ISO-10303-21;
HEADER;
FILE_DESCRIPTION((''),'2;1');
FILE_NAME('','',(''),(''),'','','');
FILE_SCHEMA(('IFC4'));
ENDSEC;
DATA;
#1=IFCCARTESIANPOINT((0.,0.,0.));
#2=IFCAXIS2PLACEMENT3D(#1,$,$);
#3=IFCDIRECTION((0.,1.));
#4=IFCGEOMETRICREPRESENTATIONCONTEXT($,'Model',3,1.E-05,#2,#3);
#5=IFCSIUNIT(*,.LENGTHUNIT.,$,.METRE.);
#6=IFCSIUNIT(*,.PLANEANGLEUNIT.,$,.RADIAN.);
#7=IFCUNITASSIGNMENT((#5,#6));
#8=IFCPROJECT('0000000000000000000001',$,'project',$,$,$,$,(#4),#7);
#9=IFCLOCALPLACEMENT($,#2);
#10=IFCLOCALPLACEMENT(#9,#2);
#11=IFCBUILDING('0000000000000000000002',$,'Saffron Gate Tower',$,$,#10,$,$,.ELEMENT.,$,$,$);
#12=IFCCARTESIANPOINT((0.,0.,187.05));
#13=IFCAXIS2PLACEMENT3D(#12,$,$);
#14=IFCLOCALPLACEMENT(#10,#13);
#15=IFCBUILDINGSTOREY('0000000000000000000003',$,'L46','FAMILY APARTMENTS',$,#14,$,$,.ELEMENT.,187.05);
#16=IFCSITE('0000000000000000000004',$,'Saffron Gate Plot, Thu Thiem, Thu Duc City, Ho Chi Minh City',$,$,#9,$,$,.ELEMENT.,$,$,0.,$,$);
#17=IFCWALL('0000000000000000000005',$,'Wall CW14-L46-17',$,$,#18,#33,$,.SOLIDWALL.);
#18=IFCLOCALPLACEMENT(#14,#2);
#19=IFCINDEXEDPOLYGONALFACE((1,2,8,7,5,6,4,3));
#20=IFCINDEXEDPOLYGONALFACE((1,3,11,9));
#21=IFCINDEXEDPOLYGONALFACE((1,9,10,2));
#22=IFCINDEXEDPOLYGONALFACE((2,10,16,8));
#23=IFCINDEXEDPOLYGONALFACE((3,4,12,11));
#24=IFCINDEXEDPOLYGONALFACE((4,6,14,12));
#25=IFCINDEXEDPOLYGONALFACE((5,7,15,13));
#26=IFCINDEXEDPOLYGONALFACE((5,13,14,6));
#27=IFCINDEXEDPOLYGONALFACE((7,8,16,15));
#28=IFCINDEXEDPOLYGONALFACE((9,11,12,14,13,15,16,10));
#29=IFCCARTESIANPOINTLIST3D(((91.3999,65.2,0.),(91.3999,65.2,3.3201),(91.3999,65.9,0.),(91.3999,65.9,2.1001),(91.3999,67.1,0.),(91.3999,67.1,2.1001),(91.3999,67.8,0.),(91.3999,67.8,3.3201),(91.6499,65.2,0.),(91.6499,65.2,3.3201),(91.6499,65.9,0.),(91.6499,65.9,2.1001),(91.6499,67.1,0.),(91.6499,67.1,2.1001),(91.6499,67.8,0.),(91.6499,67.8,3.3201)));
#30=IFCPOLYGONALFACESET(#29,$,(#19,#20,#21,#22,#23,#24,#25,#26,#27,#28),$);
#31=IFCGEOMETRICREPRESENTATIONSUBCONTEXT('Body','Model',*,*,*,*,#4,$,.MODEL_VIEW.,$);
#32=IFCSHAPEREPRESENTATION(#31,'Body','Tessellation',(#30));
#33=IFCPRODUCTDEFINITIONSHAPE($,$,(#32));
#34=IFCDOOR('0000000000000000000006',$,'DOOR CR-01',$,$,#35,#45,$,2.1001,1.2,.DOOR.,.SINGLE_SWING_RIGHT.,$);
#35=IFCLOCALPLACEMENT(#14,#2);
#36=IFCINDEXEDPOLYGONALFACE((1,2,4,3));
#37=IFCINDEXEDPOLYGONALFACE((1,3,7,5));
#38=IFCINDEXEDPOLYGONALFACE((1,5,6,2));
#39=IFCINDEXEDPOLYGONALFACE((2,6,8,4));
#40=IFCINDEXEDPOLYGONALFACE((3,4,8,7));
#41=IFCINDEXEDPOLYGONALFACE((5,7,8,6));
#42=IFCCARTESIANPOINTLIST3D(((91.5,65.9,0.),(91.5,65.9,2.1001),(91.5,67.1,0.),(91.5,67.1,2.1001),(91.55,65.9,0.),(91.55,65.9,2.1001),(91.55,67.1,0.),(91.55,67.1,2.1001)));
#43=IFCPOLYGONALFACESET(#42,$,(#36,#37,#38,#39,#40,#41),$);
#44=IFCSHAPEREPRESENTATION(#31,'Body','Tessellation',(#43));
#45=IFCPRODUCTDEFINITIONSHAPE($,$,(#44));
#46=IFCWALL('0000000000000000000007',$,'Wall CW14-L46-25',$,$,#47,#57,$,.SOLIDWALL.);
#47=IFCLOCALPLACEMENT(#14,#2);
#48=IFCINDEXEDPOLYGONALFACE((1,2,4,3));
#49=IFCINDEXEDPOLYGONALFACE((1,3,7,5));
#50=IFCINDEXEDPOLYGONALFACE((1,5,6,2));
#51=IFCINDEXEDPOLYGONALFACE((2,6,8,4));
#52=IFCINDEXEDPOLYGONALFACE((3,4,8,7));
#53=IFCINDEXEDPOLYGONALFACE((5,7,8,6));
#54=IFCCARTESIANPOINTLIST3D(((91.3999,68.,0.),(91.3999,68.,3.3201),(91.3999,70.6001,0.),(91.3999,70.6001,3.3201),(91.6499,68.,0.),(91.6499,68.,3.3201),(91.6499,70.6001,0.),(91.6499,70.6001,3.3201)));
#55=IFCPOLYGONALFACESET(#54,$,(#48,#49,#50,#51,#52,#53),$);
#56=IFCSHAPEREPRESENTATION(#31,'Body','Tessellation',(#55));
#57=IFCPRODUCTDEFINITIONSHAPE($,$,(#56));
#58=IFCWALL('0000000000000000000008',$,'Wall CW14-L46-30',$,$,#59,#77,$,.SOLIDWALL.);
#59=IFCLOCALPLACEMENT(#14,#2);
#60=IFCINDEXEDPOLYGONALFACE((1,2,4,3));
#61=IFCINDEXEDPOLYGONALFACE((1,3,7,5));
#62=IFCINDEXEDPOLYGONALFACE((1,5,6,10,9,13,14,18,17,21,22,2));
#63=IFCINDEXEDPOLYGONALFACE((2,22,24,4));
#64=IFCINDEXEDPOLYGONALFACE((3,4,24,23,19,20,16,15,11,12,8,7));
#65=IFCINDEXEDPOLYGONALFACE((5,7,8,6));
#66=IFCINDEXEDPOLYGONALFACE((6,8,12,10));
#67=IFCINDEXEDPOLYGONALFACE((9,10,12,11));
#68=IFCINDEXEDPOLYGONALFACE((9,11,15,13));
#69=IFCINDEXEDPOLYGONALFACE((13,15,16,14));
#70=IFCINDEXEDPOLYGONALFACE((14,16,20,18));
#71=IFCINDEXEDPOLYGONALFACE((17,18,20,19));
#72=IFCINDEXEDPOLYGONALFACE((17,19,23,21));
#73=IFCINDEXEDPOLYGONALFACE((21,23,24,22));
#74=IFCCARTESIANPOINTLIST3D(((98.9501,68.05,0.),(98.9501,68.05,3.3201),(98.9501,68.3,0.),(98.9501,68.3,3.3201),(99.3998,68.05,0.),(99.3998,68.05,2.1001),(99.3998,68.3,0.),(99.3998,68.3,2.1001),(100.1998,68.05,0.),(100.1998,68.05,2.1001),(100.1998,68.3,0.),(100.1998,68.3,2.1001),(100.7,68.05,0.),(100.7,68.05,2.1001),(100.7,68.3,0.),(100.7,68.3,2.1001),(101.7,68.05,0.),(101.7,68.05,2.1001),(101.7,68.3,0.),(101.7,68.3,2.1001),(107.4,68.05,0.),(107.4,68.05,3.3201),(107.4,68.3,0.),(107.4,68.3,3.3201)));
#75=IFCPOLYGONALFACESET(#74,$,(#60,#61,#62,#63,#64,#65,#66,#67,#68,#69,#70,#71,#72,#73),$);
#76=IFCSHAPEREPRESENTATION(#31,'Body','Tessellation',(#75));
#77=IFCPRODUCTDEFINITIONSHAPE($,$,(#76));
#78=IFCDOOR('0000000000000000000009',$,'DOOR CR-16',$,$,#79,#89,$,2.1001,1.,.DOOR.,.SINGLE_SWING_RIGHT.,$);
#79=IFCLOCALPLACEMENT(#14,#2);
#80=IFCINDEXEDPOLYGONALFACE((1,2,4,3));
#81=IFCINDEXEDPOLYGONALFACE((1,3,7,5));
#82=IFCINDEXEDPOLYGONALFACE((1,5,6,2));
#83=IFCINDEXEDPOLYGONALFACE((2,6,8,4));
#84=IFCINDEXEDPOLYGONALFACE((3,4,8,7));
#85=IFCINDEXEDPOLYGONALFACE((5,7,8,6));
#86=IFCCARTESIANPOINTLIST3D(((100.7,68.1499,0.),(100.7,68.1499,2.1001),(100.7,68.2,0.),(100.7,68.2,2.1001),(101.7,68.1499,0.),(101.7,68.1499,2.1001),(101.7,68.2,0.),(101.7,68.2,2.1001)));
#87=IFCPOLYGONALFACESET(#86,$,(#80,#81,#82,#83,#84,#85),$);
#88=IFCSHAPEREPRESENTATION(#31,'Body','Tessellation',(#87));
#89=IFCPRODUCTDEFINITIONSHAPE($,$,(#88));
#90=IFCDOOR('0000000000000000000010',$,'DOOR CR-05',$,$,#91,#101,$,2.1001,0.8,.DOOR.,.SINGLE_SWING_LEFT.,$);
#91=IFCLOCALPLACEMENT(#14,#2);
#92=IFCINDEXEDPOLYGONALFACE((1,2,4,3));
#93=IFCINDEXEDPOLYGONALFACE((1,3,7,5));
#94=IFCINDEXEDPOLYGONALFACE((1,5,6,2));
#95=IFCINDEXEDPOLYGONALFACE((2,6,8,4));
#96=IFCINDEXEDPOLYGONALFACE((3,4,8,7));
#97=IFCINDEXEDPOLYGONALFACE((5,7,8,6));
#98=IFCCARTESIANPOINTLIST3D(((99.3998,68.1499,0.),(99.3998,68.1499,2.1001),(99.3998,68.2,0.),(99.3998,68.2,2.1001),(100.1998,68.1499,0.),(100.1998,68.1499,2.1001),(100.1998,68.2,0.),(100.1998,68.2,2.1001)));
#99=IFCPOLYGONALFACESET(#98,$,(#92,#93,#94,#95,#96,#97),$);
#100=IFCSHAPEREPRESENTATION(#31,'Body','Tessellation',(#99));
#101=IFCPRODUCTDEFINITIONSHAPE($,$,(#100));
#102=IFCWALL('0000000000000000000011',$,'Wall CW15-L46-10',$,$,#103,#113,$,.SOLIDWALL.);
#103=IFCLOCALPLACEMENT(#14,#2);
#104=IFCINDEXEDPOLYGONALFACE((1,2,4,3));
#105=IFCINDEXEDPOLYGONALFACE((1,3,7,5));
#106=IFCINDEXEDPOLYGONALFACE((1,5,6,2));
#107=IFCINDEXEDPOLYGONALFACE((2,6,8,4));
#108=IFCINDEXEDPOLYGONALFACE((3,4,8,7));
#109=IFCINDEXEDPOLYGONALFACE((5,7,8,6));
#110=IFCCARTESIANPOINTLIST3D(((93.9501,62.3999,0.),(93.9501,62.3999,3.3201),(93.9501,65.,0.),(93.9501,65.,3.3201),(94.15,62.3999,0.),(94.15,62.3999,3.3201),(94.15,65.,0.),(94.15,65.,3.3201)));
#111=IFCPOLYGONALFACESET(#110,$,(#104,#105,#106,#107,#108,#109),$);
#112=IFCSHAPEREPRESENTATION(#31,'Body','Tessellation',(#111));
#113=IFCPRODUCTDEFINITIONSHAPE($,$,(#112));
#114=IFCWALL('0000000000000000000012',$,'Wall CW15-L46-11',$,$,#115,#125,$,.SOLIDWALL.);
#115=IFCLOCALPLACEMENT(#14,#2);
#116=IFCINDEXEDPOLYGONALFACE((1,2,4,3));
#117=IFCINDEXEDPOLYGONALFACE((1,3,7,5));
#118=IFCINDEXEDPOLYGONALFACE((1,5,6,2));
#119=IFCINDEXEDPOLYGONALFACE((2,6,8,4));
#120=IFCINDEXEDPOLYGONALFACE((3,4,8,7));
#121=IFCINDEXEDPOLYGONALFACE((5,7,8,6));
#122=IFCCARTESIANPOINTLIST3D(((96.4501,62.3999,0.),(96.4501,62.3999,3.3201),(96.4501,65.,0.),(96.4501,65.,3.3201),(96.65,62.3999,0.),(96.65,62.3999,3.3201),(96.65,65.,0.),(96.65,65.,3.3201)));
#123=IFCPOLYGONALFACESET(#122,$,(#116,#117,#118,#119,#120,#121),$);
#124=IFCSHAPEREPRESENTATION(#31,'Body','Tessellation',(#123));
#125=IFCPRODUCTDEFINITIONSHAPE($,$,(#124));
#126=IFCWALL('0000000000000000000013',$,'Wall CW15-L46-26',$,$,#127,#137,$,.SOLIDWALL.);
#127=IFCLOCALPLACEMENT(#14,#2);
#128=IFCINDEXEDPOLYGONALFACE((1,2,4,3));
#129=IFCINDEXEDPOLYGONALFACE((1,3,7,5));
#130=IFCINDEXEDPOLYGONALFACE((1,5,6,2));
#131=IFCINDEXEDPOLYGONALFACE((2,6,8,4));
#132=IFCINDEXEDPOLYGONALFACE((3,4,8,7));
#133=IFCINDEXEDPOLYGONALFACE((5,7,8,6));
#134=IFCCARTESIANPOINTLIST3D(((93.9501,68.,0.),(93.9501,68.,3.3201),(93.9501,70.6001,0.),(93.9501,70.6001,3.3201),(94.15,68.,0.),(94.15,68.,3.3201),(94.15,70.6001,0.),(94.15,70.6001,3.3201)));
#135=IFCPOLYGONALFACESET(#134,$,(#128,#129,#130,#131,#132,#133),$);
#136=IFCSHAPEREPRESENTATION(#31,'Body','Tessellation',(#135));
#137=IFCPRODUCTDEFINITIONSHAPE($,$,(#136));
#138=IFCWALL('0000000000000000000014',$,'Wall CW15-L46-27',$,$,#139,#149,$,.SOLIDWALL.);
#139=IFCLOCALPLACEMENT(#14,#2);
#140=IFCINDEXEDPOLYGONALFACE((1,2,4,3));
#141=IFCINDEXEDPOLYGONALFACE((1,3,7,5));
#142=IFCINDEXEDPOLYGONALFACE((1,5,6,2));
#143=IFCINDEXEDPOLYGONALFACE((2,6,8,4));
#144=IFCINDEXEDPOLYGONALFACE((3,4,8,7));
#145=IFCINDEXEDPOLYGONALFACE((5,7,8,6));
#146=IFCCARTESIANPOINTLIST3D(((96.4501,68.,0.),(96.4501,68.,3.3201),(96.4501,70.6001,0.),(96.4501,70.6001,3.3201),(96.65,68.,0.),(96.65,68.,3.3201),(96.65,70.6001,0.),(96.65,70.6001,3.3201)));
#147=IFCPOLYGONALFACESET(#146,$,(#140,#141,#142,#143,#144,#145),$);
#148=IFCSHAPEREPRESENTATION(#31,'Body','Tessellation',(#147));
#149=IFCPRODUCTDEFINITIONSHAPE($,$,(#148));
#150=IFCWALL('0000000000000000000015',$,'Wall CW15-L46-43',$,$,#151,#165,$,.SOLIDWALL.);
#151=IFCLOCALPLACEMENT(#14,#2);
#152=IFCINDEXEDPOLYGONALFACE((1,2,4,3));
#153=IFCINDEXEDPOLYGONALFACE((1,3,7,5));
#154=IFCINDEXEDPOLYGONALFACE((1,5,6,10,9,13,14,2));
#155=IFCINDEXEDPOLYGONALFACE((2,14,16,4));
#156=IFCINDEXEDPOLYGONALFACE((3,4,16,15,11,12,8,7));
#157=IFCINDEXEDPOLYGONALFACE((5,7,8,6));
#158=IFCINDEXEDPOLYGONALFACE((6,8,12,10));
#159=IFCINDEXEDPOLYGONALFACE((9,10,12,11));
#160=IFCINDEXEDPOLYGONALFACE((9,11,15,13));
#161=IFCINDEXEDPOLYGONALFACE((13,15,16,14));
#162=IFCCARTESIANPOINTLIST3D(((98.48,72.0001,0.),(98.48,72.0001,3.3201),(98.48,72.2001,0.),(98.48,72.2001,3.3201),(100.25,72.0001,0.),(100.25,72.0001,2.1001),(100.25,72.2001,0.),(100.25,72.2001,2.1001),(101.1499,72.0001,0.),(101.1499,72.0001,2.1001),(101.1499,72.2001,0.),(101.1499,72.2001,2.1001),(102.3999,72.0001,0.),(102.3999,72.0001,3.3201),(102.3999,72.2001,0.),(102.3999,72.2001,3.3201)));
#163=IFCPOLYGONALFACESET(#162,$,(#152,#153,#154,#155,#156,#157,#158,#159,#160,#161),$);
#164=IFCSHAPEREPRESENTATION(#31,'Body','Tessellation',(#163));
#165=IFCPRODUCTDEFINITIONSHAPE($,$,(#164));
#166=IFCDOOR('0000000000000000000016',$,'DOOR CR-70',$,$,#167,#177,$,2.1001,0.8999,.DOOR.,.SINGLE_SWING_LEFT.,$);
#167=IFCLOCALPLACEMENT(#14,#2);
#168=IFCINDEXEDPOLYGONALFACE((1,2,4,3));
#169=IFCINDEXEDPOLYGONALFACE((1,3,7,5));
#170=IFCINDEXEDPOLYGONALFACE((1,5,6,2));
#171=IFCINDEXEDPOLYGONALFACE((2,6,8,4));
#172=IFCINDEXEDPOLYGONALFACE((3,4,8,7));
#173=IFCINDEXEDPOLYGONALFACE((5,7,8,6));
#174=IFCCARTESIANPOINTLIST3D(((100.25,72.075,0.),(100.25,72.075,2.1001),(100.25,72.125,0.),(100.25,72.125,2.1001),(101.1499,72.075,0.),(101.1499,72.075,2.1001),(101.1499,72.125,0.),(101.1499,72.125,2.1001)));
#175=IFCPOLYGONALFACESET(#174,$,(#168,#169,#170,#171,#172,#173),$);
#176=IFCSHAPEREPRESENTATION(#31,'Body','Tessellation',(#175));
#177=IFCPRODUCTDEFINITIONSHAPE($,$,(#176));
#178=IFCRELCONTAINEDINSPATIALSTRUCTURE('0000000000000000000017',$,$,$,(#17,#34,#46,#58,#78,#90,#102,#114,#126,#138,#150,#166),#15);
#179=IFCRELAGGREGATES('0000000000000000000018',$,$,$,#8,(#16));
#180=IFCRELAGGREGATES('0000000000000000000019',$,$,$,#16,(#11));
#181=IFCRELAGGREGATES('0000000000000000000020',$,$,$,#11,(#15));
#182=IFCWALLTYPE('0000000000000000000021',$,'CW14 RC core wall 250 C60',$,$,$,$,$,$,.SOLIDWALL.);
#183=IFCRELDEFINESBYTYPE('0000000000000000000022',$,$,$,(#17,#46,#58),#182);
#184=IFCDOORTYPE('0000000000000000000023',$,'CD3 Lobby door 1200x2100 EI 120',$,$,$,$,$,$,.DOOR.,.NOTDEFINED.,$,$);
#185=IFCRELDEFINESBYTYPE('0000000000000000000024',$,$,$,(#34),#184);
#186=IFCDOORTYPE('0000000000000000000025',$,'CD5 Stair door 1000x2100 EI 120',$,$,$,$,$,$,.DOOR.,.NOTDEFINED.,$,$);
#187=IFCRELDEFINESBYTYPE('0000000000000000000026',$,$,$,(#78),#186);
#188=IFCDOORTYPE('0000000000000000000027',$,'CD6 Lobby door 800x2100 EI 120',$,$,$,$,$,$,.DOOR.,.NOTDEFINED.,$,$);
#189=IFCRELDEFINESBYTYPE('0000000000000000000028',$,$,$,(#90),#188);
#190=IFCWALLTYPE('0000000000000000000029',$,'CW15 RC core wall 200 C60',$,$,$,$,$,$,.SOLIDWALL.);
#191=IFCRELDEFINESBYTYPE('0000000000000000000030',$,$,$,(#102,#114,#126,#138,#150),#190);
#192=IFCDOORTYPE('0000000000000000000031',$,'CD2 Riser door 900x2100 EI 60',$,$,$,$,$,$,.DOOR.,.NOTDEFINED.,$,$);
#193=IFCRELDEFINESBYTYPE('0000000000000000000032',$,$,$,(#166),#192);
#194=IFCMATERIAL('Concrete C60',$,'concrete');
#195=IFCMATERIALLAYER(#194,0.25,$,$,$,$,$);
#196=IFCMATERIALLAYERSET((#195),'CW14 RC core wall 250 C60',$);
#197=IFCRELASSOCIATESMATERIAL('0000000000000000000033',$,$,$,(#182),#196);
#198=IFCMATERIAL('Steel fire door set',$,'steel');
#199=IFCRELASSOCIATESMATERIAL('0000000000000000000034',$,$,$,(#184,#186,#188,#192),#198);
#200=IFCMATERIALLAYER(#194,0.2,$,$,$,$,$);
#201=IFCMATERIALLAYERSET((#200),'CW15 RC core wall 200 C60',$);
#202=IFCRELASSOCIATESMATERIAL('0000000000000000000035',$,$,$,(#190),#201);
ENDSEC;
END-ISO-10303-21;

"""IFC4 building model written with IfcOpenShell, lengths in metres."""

from ifc_helpers import new_model, si_unit, direction, frame, frame_2d, origin, place, context, subcontext, project, spatial, rectangle, extrude, material, layer, layer_set, type_object, element, fill, save


model = new_model("IFC4")

# Units and contexts
model_context = context("Model", 3, precision=1e-05, world=origin(), true_north=direction((0.0, 1.0)))
body_context = subcontext(model_context, "Body", "Model", "MODEL_VIEW")
ifc_project = project(units=[si_unit("LENGTHUNIT", "METRE"), si_unit("PLANEANGLEUNIT", "RADIAN")], contexts=[model_context])

# Site, building, storey
site_placement = place(None, origin())
site = spatial("IfcSite", under=ifc_project, at=site_placement, Name="Saffron Gate Plot, Thu Thiem, Thu Duc City, Ho Chi Minh City", CompositionType="ELEMENT", RefElevation=0.0)
building_placement = place(site_placement, origin())
building = spatial("IfcBuilding", under=site, at=building_placement, Name="Saffron Gate Tower", CompositionType="ELEMENT")
storey_placement = place(building_placement, frame((0.0, 0.0, 187.05)))
storey = spatial("IfcBuildingStorey", under=building, at=storey_placement, Name="L46", Description="FAMILY APARTMENTS", CompositionType="ELEMENT", Elevation=187.05)

# Wall, opening, door
ifc_material_1 = material(Name="Concrete C60", Category="concrete")
ifc_layer_1 = layer(ifc_material_1, 0.25)
ifc_layer_set_1 = layer_set([ifc_layer_1], Name="CW14 RC core wall 250 C60")
wall_type_1 = type_object("IfcWallType", Name="CW14 RC core wall 250 C60", PredefinedType="SOLIDWALL", material=ifc_layer_set_1)
wall_1_placement = place(storey_placement, frame((91.5249, 65.2, 0.0), z_axis=(0.0, 0.0, 1.0), x_axis=(0.0, 1.0, 0.0)))
wall_1 = element("IfcWall", 1, at=wall_1_placement, inside=storey, type_object=wall_type_1, Name="Wall CW14-L46-17", PredefinedType="SOLIDWALL", context=body_context, shape_type="SweptSolid", body=[
    extrude(rectangle(XDim=2.6001, YDim=0.25, at=frame_2d((1.3, 0.0))), origin(), (0.0, 0.0, 1.0), 3.3201),
])
opening_1_placement = place(wall_1_placement, frame((0.7, 0.0, 0.0)))
opening_1 = element("IfcOpeningElement", 2, at=opening_1_placement, cuts=wall_1, PredefinedType="OPENING", context=body_context, shape_type="SweptSolid", body=[
    extrude(rectangle(XDim=1.2, YDim=2.1001, at=frame_2d((0.6001, 1.05))), frame((0.0, 0.135, 0.0), z_axis=(0.0, -1.0, 0.0), x_axis=(1.0, 0.0, 0.0)), (0.0, 0.0, 1.0), 0.27),
])
ifc_material_2 = material(Name="Steel fire door set", Category="steel")
door_type_1 = type_object("IfcDoorType", Name="CD3 Lobby door 1200x2100 EI 120", OperationType="NOTDEFINED", PredefinedType="DOOR", material=ifc_material_2)
door_1_placement = place(opening_1_placement, origin())
door_1 = element("IfcDoor", 3, at=door_1_placement, inside=storey, type_object=door_type_1, Name="DOOR CR-01", OperationType="SINGLE_SWING_RIGHT", OverallHeight=2.1001, OverallWidth=1.2, PredefinedType="DOOR", context=body_context, shape_type="SweptSolid", body=[
    extrude(rectangle(XDim=1.2, YDim=2.1001, at=frame_2d((0.6001, 1.05))), frame((0.0, 0.0249, 0.0), z_axis=(0.0, -1.0, 0.0), x_axis=(1.0, 0.0, 0.0)), (0.0, 0.0, 1.0), 0.05),
])
fill(opening_1, door_1)

# Wall
wall_2_placement = place(storey_placement, frame((91.5249, 68.0, 0.0), z_axis=(0.0, 0.0, 1.0), x_axis=(0.0, 1.0, 0.0)))
element("IfcWall", 4, at=wall_2_placement, inside=storey, type_object=wall_type_1, Name="Wall CW14-L46-25", PredefinedType="SOLIDWALL", context=body_context, shape_type="SweptSolid", body=[
    extrude(rectangle(XDim=2.6001, YDim=0.25, at=frame_2d((1.3, 0.0))), origin(), (0.0, 0.0, 1.0), 3.3201),
])

# Wall, openings, doors
wall_3_placement = place(storey_placement, frame((98.95, 68.175, 0.0), z_axis=(0.0, 0.0, 1.0), x_axis=(1.0, 0.0, 0.0)))
wall_3 = element("IfcWall", 5, at=wall_3_placement, inside=storey, type_object=wall_type_1, Name="Wall CW14-L46-30", PredefinedType="SOLIDWALL", context=body_context, shape_type="SweptSolid", body=[
    extrude(rectangle(XDim=8.45, YDim=0.25, at=frame_2d((4.2251, 0.0))), origin(), (0.0, 0.0, 1.0), 3.3201),
])
opening_2_placement = place(wall_3_placement, frame((0.45, 0.0, 0.0)))
opening_2 = element("IfcOpeningElement", 6, at=opening_2_placement, cuts=wall_3, PredefinedType="OPENING", context=body_context, shape_type="SweptSolid", body=[
    extrude(rectangle(XDim=0.8, YDim=2.1001, at=frame_2d((0.3999, 1.05))), frame((0.0, 0.135, 0.0), z_axis=(0.0, -1.0, 0.0), x_axis=(1.0, 0.0, 0.0)), (0.0, 0.0, 1.0), 0.27),
])
opening_3_placement = place(wall_3_placement, frame((1.75, 0.0, 0.0)))
opening_3 = element("IfcOpeningElement", 7, at=opening_3_placement, cuts=wall_3, PredefinedType="OPENING", context=body_context, shape_type="SweptSolid", body=[
    extrude(rectangle(XDim=1.0, YDim=2.1001, at=frame_2d((0.5, 1.05))), frame((0.0, 0.135, 0.0), z_axis=(0.0, -1.0, 0.0), x_axis=(1.0, 0.0, 0.0)), (0.0, 0.0, 1.0), 0.27),
])
door_type_2 = type_object("IfcDoorType", Name="CD5 Stair door 1000x2100 EI 120", OperationType="NOTDEFINED", PredefinedType="DOOR", material=ifc_material_2)
door_2_placement = place(opening_3_placement, origin())
door_2 = element("IfcDoor", 8, at=door_2_placement, inside=storey, type_object=door_type_2, Name="DOOR CR-16", OperationType="SINGLE_SWING_RIGHT", OverallHeight=2.1001, OverallWidth=1.0, PredefinedType="DOOR", context=body_context, shape_type="SweptSolid", body=[
    extrude(rectangle(XDim=1.0, YDim=2.1001, at=frame_2d((0.5, 1.05))), frame((0.0, 0.0249, 0.0), z_axis=(0.0, -1.0, 0.0), x_axis=(1.0, 0.0, 0.0)), (0.0, 0.0, 1.0), 0.05),
])
fill(opening_3, door_2)
door_type_3 = type_object("IfcDoorType", Name="CD6 Lobby door 800x2100 EI 120", OperationType="NOTDEFINED", PredefinedType="DOOR", material=ifc_material_2)
door_3_placement = place(opening_2_placement, origin())
door_3 = element("IfcDoor", 9, at=door_3_placement, inside=storey, type_object=door_type_3, Name="DOOR CR-05", OperationType="SINGLE_SWING_LEFT", OverallHeight=2.1001, OverallWidth=0.8, PredefinedType="DOOR", context=body_context, shape_type="SweptSolid", body=[
    extrude(rectangle(XDim=0.8, YDim=2.1001, at=frame_2d((0.3999, 1.05))), frame((0.0, 0.0249, 0.0), z_axis=(0.0, -1.0, 0.0), x_axis=(1.0, 0.0, 0.0)), (0.0, 0.0, 1.0), 0.05),
])
fill(opening_2, door_3)

# Walls
ifc_layer_2 = layer(ifc_material_1, 0.2)
ifc_layer_set_2 = layer_set([ifc_layer_2], Name="CW15 RC core wall 200 C60")
wall_type_2 = type_object("IfcWallType", Name="CW15 RC core wall 200 C60", PredefinedType="SOLIDWALL", material=ifc_layer_set_2)
for number, where, z_axis, x_axis, name in (
    (10, (94.05, 62.3999, 0.0), (0.0, 0.0, 1.0), (0.0, 1.0, 0.0), "Wall CW15-L46-10"),
    (11, (96.55, 62.3999, 0.0), (0.0, 0.0, 1.0), (0.0, 1.0, 0.0), "Wall CW15-L46-11"),
    (12, (94.05, 68.0, 0.0), (0.0, 0.0, 1.0), (0.0, 1.0, 0.0), "Wall CW15-L46-26"),
    (13, (96.55, 68.0, 0.0), (0.0, 0.0, 1.0), (0.0, 1.0, 0.0), "Wall CW15-L46-27"),
):
    element("IfcWall", number, at=place(storey_placement, frame(where, z_axis=z_axis, x_axis=x_axis)), inside=storey, type_object=wall_type_2, Name=name, PredefinedType="SOLIDWALL", context=body_context, shape_type="SweptSolid", body=[
        extrude(rectangle(XDim=2.6001, YDim=0.2, at=frame_2d((1.3, 0.0))), origin(), (0.0, 0.0, 1.0), 3.3201),
    ])

# Wall, opening, door
wall_4_placement = place(storey_placement, frame((98.48, 72.1001, 0.0), z_axis=(0.0, 0.0, 1.0), x_axis=(1.0, 0.0, 0.0)))
wall_4 = element("IfcWall", 14, at=wall_4_placement, inside=storey, type_object=wall_type_2, Name="Wall CW15-L46-43", PredefinedType="SOLIDWALL", context=body_context, shape_type="SweptSolid", body=[
    extrude(rectangle(XDim=3.9199, YDim=0.2, at=frame_2d((1.96, 0.0))), origin(), (0.0, 0.0, 1.0), 3.3201),
])
opening_4_placement = place(wall_4_placement, frame((1.77, 0.0, 0.0)))
opening_4 = element("IfcOpeningElement", 15, at=opening_4_placement, cuts=wall_4, PredefinedType="OPENING", context=body_context, shape_type="SweptSolid", body=[
    extrude(rectangle(XDim=0.8999, YDim=2.1001, at=frame_2d((0.45, 1.05))), frame((0.0, 0.1099, 0.0), z_axis=(0.0, -1.0, 0.0), x_axis=(1.0, 0.0, 0.0)), (0.0, 0.0, 1.0), 0.22),
])
door_type_4 = type_object("IfcDoorType", Name="CD2 Riser door 900x2100 EI 60", OperationType="NOTDEFINED", PredefinedType="DOOR", material=ifc_material_2)
door_4_placement = place(opening_4_placement, origin())
door_4 = element("IfcDoor", 16, at=door_4_placement, inside=storey, type_object=door_type_4, Name="DOOR CR-70", OperationType="SINGLE_SWING_LEFT", OverallHeight=2.1001, OverallWidth=0.8999, PredefinedType="DOOR", context=body_context, shape_type="SweptSolid", body=[
    extrude(rectangle(XDim=0.8999, YDim=2.1001, at=frame_2d((0.45, 1.05))), frame((0.0, 0.0249, 0.0), z_axis=(0.0, -1.0, 0.0), x_axis=(1.0, 0.0, 0.0)), (0.0, 0.0, 1.0), 0.05),
])
fill(opening_4, door_4)

save(model, "model.ifc")
